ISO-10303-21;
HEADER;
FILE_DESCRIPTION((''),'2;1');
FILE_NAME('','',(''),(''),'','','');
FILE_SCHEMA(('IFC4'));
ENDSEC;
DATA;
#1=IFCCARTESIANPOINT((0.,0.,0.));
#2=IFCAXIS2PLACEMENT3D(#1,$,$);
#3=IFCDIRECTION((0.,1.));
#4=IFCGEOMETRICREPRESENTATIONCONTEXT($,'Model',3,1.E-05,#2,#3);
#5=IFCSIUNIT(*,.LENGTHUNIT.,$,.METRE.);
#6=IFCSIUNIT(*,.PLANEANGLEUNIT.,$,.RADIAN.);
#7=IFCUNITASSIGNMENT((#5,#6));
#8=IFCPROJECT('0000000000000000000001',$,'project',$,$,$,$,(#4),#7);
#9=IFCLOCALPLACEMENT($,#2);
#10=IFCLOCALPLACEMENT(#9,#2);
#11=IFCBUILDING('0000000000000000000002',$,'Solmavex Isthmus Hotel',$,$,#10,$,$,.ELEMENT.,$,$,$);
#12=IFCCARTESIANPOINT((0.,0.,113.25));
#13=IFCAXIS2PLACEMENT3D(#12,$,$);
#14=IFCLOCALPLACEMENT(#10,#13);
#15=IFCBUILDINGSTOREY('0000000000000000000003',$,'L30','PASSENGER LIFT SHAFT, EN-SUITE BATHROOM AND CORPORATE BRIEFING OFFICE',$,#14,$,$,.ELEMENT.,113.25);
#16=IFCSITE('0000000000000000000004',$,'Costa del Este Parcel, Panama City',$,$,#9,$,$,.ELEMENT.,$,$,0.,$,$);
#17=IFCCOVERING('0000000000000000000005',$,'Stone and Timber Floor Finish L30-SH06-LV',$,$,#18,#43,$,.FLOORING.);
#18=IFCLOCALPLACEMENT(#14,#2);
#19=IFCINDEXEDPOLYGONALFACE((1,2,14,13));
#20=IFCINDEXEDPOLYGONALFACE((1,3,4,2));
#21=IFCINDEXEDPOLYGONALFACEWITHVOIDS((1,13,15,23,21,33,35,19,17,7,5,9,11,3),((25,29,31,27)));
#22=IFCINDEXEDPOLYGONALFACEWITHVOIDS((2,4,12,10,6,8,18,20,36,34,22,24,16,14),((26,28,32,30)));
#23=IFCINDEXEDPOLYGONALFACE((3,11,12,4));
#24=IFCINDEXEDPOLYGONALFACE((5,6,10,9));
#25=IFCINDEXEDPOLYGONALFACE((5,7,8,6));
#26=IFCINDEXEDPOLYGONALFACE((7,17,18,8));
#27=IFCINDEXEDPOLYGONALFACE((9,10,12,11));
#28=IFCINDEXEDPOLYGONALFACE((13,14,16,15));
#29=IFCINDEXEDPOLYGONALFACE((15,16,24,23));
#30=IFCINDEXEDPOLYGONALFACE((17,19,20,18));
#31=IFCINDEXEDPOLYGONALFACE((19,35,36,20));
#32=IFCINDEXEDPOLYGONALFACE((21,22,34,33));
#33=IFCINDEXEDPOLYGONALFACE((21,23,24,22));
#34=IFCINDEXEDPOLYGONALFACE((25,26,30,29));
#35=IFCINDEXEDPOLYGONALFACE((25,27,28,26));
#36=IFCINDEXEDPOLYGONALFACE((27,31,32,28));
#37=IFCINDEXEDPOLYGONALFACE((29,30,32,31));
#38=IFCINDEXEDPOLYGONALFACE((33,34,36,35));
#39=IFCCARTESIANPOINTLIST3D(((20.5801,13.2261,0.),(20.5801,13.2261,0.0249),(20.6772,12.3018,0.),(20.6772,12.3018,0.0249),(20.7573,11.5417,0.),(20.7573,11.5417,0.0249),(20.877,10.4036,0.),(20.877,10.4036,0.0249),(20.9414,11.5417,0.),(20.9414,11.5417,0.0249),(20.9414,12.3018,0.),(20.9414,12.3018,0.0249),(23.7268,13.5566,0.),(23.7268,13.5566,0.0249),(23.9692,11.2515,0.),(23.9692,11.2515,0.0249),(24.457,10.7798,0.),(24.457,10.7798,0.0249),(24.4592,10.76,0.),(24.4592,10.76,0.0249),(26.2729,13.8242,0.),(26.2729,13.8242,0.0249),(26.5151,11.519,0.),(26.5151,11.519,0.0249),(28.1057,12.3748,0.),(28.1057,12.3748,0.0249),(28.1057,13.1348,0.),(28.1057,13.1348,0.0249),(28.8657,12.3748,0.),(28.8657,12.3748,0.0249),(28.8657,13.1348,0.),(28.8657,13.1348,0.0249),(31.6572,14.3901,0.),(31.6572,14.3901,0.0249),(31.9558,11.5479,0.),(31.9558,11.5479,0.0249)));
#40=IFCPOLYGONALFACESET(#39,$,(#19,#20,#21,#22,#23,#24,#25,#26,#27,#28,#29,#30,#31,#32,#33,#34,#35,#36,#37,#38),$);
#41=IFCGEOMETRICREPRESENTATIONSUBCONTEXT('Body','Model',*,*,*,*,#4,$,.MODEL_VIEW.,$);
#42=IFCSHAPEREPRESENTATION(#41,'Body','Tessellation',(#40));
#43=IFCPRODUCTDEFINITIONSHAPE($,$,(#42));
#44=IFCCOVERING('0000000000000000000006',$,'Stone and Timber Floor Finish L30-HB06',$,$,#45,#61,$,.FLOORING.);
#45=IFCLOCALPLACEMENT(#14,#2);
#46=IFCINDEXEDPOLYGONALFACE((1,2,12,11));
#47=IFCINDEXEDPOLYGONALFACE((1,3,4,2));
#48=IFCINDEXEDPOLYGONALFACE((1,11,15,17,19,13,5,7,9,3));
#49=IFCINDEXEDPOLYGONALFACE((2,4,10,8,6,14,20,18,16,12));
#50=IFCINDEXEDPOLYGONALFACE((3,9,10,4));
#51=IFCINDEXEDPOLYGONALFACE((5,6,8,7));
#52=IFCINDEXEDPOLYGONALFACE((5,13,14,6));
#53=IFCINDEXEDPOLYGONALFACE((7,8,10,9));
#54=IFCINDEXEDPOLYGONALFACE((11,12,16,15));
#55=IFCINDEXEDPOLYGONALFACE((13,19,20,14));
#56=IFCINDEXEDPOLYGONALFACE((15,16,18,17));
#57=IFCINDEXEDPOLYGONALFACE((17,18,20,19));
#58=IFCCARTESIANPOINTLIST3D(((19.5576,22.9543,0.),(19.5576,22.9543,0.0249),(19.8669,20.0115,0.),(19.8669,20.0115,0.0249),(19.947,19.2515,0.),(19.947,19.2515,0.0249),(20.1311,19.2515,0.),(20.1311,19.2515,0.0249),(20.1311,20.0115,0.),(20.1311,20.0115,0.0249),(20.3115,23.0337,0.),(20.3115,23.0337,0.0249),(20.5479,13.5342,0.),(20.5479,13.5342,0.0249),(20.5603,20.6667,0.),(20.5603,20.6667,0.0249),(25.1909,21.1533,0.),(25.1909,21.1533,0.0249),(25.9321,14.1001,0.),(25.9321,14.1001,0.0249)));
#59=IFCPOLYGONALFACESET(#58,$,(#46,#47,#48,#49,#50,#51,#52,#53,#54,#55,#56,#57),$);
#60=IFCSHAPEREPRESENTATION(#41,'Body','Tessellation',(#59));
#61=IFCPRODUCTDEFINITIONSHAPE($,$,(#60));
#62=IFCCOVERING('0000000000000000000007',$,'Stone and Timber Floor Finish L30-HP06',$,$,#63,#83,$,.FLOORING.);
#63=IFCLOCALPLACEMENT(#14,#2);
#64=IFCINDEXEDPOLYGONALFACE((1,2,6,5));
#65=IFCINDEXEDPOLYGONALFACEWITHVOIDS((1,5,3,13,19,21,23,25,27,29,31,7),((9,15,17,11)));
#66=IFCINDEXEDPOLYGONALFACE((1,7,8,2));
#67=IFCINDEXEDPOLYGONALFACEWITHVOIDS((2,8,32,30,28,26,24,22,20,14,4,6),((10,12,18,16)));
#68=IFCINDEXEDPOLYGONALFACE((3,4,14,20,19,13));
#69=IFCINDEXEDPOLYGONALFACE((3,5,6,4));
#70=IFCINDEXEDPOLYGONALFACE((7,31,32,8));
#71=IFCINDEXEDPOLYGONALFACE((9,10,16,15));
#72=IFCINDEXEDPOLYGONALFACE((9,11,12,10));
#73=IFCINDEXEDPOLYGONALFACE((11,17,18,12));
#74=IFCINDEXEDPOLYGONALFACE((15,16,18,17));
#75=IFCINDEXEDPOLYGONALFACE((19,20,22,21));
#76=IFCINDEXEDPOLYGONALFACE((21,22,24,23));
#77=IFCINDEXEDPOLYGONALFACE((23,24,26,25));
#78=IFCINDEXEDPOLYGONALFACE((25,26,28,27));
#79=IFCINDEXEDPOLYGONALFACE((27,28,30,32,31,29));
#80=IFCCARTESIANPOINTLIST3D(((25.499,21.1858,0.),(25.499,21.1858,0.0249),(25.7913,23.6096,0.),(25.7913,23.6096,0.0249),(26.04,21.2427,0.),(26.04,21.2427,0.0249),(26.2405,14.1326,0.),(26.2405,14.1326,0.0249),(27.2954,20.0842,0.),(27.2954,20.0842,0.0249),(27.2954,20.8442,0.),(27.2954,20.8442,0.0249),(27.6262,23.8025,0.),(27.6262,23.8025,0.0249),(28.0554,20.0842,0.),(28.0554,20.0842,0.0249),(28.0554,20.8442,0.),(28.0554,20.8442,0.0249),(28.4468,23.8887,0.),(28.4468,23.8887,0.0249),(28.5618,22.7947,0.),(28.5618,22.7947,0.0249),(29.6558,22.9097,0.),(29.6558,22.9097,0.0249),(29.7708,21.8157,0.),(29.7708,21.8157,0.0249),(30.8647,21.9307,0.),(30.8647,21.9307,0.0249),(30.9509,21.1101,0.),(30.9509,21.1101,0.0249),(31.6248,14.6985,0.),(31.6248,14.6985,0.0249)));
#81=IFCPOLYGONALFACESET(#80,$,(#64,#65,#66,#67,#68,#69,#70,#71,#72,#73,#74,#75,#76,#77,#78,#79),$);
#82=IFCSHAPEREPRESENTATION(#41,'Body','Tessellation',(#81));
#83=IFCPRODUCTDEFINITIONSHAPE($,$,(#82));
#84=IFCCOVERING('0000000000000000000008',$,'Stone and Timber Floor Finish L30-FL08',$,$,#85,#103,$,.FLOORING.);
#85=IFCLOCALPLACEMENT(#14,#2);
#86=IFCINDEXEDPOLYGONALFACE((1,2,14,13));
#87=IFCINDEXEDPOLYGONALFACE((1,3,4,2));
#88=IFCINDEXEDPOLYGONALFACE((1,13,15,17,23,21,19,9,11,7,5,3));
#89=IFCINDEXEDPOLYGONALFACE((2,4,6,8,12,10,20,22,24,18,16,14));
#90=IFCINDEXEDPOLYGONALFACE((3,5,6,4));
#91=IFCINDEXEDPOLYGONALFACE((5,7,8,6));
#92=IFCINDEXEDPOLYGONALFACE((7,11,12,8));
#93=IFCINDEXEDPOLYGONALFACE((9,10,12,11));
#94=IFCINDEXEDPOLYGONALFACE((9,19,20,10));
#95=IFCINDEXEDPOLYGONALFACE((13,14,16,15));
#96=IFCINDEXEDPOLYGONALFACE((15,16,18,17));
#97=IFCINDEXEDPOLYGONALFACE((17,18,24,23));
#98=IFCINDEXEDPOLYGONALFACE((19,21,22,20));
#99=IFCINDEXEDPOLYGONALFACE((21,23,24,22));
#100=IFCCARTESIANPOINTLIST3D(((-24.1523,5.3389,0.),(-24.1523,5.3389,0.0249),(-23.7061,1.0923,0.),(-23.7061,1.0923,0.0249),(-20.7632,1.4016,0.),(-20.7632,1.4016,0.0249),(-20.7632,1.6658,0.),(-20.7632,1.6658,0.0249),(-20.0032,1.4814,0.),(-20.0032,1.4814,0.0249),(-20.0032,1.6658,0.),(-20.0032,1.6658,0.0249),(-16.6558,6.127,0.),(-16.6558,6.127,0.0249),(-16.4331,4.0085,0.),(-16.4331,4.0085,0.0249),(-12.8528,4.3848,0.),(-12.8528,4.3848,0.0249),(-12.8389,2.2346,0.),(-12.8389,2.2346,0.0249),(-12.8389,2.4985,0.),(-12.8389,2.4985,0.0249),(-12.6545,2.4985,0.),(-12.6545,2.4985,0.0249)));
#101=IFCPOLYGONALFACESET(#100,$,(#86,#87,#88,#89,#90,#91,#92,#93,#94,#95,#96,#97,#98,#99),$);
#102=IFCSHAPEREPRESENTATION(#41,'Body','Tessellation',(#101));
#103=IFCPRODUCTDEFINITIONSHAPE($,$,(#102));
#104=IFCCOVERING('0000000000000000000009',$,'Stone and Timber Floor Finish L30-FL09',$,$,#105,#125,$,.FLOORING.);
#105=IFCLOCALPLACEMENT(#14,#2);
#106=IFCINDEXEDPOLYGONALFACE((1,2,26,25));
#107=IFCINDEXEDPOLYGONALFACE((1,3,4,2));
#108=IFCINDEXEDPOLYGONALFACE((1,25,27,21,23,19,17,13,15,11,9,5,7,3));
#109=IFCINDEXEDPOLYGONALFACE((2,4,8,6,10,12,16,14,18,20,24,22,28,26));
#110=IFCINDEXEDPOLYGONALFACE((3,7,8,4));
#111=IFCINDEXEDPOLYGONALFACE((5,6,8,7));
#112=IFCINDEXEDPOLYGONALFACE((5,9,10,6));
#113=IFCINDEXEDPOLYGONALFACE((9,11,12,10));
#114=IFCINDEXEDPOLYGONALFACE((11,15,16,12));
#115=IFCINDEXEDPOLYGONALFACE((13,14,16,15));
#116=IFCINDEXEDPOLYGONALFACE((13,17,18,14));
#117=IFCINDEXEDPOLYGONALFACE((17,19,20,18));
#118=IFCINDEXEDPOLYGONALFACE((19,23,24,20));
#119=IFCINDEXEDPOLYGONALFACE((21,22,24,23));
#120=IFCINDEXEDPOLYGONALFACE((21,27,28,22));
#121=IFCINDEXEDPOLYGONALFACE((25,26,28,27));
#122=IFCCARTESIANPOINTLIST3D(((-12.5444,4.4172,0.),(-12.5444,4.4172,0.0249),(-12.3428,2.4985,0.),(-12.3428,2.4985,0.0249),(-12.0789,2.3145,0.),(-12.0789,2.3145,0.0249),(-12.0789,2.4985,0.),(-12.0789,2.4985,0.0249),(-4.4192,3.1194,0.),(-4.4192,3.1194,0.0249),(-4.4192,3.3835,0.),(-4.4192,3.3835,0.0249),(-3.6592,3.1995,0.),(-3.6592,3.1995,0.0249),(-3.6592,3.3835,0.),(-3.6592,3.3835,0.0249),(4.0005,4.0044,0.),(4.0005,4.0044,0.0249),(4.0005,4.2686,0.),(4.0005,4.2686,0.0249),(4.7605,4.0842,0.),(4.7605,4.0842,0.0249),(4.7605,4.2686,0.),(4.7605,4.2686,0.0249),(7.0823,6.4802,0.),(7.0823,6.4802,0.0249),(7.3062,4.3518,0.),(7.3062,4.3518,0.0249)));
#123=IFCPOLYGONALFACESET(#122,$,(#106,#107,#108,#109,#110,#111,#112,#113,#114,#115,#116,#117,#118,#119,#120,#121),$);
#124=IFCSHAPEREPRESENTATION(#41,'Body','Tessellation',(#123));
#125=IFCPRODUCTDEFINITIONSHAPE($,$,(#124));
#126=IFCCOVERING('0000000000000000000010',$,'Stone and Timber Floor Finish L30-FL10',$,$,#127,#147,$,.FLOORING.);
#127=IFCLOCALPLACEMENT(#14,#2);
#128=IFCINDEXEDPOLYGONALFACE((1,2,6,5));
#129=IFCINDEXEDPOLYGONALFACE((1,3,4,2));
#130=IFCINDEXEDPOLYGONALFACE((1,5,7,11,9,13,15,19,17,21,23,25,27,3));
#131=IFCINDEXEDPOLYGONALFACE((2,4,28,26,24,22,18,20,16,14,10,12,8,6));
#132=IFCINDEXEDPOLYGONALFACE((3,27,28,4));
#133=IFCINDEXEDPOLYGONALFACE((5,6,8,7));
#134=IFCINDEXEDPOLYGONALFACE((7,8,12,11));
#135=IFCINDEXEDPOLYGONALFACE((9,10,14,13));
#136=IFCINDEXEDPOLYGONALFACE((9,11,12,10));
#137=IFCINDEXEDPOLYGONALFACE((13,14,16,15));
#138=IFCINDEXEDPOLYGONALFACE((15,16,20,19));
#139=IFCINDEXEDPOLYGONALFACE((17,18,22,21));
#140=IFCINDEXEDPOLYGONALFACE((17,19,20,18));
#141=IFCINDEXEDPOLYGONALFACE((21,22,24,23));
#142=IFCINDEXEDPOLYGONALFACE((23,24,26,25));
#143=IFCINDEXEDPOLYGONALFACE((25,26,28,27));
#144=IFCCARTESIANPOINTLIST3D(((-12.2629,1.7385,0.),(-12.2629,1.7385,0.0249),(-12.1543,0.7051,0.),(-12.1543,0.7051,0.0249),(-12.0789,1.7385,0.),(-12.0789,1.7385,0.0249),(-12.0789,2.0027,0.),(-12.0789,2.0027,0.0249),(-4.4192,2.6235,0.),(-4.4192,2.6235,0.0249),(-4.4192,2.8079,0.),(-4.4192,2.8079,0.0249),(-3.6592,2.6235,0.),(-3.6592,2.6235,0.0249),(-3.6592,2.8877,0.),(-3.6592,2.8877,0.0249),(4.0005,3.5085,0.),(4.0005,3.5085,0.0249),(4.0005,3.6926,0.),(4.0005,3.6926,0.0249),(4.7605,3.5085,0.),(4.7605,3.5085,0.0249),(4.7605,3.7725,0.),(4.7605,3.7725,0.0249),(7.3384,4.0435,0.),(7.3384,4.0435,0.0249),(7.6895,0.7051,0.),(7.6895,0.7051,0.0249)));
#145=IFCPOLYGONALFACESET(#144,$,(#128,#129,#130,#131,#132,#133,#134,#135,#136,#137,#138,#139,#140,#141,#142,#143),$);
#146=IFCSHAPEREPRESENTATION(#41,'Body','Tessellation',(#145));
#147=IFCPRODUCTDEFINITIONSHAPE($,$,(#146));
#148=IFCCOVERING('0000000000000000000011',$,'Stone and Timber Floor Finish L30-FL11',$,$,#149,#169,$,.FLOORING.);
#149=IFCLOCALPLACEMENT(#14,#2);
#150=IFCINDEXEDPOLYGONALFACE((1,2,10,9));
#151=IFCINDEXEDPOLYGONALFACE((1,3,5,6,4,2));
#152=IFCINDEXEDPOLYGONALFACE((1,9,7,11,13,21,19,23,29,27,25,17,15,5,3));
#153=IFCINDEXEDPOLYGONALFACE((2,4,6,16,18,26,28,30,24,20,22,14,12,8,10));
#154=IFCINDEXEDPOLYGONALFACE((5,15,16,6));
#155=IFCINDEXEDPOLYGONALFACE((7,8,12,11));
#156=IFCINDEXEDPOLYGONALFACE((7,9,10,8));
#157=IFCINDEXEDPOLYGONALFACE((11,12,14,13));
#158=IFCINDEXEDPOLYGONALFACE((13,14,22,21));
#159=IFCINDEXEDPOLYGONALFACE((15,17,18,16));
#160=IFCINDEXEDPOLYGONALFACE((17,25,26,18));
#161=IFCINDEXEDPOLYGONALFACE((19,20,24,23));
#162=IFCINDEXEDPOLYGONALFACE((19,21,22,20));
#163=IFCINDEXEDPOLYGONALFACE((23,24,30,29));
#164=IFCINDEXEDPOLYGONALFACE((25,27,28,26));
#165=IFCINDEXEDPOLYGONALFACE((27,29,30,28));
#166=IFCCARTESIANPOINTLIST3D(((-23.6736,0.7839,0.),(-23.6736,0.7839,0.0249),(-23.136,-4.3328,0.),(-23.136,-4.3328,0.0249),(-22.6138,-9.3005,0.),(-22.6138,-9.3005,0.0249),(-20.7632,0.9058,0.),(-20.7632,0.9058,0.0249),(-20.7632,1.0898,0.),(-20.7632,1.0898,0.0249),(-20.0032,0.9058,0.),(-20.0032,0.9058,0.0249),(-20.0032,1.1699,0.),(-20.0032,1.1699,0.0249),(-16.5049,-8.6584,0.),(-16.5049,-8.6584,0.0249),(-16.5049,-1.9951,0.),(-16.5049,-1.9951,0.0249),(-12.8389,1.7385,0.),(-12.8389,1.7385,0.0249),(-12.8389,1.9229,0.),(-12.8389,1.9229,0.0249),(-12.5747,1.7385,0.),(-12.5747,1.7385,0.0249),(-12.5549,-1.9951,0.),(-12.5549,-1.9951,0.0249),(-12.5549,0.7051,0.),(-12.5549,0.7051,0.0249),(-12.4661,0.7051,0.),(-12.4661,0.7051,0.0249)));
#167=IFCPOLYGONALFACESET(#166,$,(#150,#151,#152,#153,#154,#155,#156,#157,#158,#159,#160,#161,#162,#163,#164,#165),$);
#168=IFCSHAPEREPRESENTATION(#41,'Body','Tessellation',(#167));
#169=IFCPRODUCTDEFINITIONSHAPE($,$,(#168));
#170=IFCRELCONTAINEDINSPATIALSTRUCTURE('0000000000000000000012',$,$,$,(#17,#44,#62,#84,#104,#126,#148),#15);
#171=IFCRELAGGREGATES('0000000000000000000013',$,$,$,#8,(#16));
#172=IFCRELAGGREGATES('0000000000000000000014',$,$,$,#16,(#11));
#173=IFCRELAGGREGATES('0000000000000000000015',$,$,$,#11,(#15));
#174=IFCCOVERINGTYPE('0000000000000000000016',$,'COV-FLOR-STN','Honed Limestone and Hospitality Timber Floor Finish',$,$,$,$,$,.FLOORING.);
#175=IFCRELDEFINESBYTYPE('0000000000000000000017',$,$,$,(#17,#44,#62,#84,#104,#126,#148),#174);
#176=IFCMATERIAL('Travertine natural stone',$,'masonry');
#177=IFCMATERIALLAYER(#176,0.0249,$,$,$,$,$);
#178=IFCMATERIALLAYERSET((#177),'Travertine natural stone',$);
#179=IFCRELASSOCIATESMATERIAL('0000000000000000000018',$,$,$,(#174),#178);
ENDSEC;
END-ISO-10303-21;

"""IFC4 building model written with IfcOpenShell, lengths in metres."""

from ifc_helpers import new_model, si_unit, direction, frame, origin, place, context, subcontext, project, spatial, polyline, outline, extrude, material, layer, layer_set, type_object, element, save


model = new_model("IFC4")

# Units and contexts
model_context = context("Model", 3, precision=1e-05, world=origin(), true_north=direction((0.0, 1.0)))
body_context = subcontext(model_context, "Body", "Model", "MODEL_VIEW")
ifc_project = project(units=[si_unit("LENGTHUNIT", "METRE"), si_unit("PLANEANGLEUNIT", "RADIAN")], contexts=[model_context])

# Site, building, storey
site_placement = place(None, origin())
site = spatial("IfcSite", under=ifc_project, at=site_placement, Name="Costa del Este Parcel, Panama City", CompositionType="ELEMENT", RefElevation=0.0)
building_placement = place(site_placement, origin())
building = spatial("IfcBuilding", under=site, at=building_placement, Name="Solmavex Isthmus Hotel", CompositionType="ELEMENT")
storey_placement = place(building_placement, frame((0.0, 0.0, 113.25)))
storey = spatial("IfcBuildingStorey", under=building, at=storey_placement, Name="L30", Description="PASSENGER LIFT SHAFT, EN-SUITE BATHROOM AND CORPORATE BRIEFING OFFICE", CompositionType="ELEMENT", Elevation=113.25)

# Coverings
ifc_material_1 = material(Name="Travertine natural stone", Category="masonry")
ifc_layer_1 = layer(ifc_material_1, 0.0249)
ifc_layer_set_1 = layer_set([ifc_layer_1], Name="Travertine natural stone")
covering_type_1 = type_object("IfcCoveringType", Name="COV-FLOR-STN", Description="Honed Limestone and Hospitality Timber Floor Finish", PredefinedType="FLOORING", material=ifc_layer_set_1)
covering_1_placement = place(storey_placement, origin())
element("IfcCovering", 1, at=covering_1_placement, inside=storey, type_object=covering_type_1, Name="Stone and Timber Floor Finish L30-SH06-LV", PredefinedType="FLOORING", context=body_context, shape_type="SweptSolid", body=[
    extrude(outline(polyline([(23.7268, 13.5566), (20.5801, 13.2261), (20.6772, 12.3018), (20.9414, 12.3018), (20.9414, 11.5417), (20.7573, 11.5417), (20.877, 10.4036), (24.457, 10.7798), (24.4592, 10.76), (31.9558, 11.5479), (31.6572, 14.3901), (26.2729, 13.8242), (26.5151, 11.519), (23.9692, 11.2515), (23.7268, 13.5566)]), holes=[polyline([(28.1057, 12.3748), (28.1057, 13.1348), (28.8657, 13.1348), (28.8657, 12.3748), (28.1057, 12.3748)])]), origin(), (0.0, 0.0, 1.0), 0.0249),
])
covering_2_placement = place(storey_placement, origin())
element("IfcCovering", 2, at=covering_2_placement, inside=storey, type_object=covering_type_1, Name="Stone and Timber Floor Finish L30-HB06", PredefinedType="FLOORING", context=body_context, shape_type="SweptSolid", body=[
    extrude(outline(polyline([(19.8669, 20.0115), (20.1311, 20.0115), (20.1311, 19.2515), (19.947, 19.2515), (20.5479, 13.5342), (25.9321, 14.1001), (25.1909, 21.1533), (20.5603, 20.6667), (20.3115, 23.0337), (19.5576, 22.9543), (19.8669, 20.0115)])), origin(), (0.0, 0.0, 1.0), 0.0249),
])
covering_3_placement = place(storey_placement, origin())
element("IfcCovering", 3, at=covering_3_placement, inside=storey, type_object=covering_type_1, Name="Stone and Timber Floor Finish L30-HP06", PredefinedType="FLOORING", context=body_context, shape_type="SweptSolid", body=[
    extrude(outline(polyline([(28.5618, 22.7947), (28.4468, 23.8887), (27.6262, 23.8025), (25.7913, 23.6096), (26.04, 21.2427), (25.499, 21.1858), (26.2405, 14.1326), (31.6248, 14.6985), (30.9509, 21.1101), (30.8647, 21.9307), (29.7708, 21.8157), (29.6558, 22.9097), (28.5618, 22.7947)]), holes=[polyline([(27.2954, 20.8442), (28.0554, 20.8442), (28.0554, 20.0842), (27.2954, 20.0842), (27.2954, 20.8442)])]), origin(), (0.0, 0.0, 1.0), 0.0249),
])
covering_4_placement = place(storey_placement, origin())
element("IfcCovering", 4, at=covering_4_placement, inside=storey, type_object=covering_type_1, Name="Stone and Timber Floor Finish L30-FL08", PredefinedType="FLOORING", context=body_context, shape_type="SweptSolid", body=[
    extrude(outline(polyline([(-12.8389, 2.2346), (-12.8389, 2.4985), (-12.6545, 2.4985), (-12.8528, 4.3848), (-16.4331, 4.0085), (-16.6558, 6.127), (-24.1523, 5.3389), (-23.7061, 1.0923), (-20.7632, 1.4016), (-20.7632, 1.6658), (-20.0032, 1.6658), (-20.0032, 1.4814), (-12.8389, 2.2346)])), origin(), (0.0, 0.0, 1.0), 0.0249),
])
covering_5_placement = place(storey_placement, origin())
element("IfcCovering", 5, at=covering_5_placement, inside=storey, type_object=covering_type_1, Name="Stone and Timber Floor Finish L30-FL09", PredefinedType="FLOORING", context=body_context, shape_type="SweptSolid", body=[
    extrude(outline(polyline([(4.0005, 4.0044), (4.0005, 4.2686), (4.7605, 4.2686), (4.7605, 4.0842), (7.3062, 4.3518), (7.0823, 6.4802), (-12.5444, 4.4172), (-12.3428, 2.4985), (-12.0789, 2.4985), (-12.0789, 2.3145), (-4.4192, 3.1194), (-4.4192, 3.3835), (-3.6592, 3.3835), (-3.6592, 3.1995), (4.0005, 4.0044)])), origin(), (0.0, 0.0, 1.0), 0.0249),
])
covering_6_placement = place(storey_placement, origin())
element("IfcCovering", 6, at=covering_6_placement, inside=storey, type_object=covering_type_1, Name="Stone and Timber Floor Finish L30-FL10", PredefinedType="FLOORING", context=body_context, shape_type="SweptSolid", body=[
    extrude(outline(polyline([(-12.0789, 2.0027), (-12.0789, 1.7385), (-12.2629, 1.7385), (-12.1543, 0.7051), (7.6895, 0.7051), (7.3384, 4.0435), (4.7605, 3.7725), (4.7605, 3.5085), (4.0005, 3.5085), (4.0005, 3.6926), (-3.6592, 2.8877), (-3.6592, 2.6235), (-4.4192, 2.6235), (-4.4192, 2.8079), (-12.0789, 2.0027)])), origin(), (0.0, 0.0, 1.0), 0.0249),
])
covering_7_placement = place(storey_placement, origin())
element("IfcCovering", 7, at=covering_7_placement, inside=storey, type_object=covering_type_1, Name="Stone and Timber Floor Finish L30-FL11", PredefinedType="FLOORING", context=body_context, shape_type="SweptSolid", body=[
    extrude(outline(polyline([(-20.0032, 1.1699), (-20.0032, 0.9058), (-20.7632, 0.9058), (-20.7632, 1.0898), (-23.6736, 0.7839), (-23.136, -4.3328), (-22.6138, -9.3005), (-16.5049, -8.6584), (-16.5049, -1.9951), (-12.5549, -1.9951), (-12.5549, 0.7051), (-12.4661, 0.7051), (-12.5747, 1.7385), (-12.8389, 1.7385), (-12.8389, 1.9229), (-20.0032, 1.1699)])), origin(), (0.0, 0.0, 1.0), 0.0249),
])

save(model, "model.ifc")
